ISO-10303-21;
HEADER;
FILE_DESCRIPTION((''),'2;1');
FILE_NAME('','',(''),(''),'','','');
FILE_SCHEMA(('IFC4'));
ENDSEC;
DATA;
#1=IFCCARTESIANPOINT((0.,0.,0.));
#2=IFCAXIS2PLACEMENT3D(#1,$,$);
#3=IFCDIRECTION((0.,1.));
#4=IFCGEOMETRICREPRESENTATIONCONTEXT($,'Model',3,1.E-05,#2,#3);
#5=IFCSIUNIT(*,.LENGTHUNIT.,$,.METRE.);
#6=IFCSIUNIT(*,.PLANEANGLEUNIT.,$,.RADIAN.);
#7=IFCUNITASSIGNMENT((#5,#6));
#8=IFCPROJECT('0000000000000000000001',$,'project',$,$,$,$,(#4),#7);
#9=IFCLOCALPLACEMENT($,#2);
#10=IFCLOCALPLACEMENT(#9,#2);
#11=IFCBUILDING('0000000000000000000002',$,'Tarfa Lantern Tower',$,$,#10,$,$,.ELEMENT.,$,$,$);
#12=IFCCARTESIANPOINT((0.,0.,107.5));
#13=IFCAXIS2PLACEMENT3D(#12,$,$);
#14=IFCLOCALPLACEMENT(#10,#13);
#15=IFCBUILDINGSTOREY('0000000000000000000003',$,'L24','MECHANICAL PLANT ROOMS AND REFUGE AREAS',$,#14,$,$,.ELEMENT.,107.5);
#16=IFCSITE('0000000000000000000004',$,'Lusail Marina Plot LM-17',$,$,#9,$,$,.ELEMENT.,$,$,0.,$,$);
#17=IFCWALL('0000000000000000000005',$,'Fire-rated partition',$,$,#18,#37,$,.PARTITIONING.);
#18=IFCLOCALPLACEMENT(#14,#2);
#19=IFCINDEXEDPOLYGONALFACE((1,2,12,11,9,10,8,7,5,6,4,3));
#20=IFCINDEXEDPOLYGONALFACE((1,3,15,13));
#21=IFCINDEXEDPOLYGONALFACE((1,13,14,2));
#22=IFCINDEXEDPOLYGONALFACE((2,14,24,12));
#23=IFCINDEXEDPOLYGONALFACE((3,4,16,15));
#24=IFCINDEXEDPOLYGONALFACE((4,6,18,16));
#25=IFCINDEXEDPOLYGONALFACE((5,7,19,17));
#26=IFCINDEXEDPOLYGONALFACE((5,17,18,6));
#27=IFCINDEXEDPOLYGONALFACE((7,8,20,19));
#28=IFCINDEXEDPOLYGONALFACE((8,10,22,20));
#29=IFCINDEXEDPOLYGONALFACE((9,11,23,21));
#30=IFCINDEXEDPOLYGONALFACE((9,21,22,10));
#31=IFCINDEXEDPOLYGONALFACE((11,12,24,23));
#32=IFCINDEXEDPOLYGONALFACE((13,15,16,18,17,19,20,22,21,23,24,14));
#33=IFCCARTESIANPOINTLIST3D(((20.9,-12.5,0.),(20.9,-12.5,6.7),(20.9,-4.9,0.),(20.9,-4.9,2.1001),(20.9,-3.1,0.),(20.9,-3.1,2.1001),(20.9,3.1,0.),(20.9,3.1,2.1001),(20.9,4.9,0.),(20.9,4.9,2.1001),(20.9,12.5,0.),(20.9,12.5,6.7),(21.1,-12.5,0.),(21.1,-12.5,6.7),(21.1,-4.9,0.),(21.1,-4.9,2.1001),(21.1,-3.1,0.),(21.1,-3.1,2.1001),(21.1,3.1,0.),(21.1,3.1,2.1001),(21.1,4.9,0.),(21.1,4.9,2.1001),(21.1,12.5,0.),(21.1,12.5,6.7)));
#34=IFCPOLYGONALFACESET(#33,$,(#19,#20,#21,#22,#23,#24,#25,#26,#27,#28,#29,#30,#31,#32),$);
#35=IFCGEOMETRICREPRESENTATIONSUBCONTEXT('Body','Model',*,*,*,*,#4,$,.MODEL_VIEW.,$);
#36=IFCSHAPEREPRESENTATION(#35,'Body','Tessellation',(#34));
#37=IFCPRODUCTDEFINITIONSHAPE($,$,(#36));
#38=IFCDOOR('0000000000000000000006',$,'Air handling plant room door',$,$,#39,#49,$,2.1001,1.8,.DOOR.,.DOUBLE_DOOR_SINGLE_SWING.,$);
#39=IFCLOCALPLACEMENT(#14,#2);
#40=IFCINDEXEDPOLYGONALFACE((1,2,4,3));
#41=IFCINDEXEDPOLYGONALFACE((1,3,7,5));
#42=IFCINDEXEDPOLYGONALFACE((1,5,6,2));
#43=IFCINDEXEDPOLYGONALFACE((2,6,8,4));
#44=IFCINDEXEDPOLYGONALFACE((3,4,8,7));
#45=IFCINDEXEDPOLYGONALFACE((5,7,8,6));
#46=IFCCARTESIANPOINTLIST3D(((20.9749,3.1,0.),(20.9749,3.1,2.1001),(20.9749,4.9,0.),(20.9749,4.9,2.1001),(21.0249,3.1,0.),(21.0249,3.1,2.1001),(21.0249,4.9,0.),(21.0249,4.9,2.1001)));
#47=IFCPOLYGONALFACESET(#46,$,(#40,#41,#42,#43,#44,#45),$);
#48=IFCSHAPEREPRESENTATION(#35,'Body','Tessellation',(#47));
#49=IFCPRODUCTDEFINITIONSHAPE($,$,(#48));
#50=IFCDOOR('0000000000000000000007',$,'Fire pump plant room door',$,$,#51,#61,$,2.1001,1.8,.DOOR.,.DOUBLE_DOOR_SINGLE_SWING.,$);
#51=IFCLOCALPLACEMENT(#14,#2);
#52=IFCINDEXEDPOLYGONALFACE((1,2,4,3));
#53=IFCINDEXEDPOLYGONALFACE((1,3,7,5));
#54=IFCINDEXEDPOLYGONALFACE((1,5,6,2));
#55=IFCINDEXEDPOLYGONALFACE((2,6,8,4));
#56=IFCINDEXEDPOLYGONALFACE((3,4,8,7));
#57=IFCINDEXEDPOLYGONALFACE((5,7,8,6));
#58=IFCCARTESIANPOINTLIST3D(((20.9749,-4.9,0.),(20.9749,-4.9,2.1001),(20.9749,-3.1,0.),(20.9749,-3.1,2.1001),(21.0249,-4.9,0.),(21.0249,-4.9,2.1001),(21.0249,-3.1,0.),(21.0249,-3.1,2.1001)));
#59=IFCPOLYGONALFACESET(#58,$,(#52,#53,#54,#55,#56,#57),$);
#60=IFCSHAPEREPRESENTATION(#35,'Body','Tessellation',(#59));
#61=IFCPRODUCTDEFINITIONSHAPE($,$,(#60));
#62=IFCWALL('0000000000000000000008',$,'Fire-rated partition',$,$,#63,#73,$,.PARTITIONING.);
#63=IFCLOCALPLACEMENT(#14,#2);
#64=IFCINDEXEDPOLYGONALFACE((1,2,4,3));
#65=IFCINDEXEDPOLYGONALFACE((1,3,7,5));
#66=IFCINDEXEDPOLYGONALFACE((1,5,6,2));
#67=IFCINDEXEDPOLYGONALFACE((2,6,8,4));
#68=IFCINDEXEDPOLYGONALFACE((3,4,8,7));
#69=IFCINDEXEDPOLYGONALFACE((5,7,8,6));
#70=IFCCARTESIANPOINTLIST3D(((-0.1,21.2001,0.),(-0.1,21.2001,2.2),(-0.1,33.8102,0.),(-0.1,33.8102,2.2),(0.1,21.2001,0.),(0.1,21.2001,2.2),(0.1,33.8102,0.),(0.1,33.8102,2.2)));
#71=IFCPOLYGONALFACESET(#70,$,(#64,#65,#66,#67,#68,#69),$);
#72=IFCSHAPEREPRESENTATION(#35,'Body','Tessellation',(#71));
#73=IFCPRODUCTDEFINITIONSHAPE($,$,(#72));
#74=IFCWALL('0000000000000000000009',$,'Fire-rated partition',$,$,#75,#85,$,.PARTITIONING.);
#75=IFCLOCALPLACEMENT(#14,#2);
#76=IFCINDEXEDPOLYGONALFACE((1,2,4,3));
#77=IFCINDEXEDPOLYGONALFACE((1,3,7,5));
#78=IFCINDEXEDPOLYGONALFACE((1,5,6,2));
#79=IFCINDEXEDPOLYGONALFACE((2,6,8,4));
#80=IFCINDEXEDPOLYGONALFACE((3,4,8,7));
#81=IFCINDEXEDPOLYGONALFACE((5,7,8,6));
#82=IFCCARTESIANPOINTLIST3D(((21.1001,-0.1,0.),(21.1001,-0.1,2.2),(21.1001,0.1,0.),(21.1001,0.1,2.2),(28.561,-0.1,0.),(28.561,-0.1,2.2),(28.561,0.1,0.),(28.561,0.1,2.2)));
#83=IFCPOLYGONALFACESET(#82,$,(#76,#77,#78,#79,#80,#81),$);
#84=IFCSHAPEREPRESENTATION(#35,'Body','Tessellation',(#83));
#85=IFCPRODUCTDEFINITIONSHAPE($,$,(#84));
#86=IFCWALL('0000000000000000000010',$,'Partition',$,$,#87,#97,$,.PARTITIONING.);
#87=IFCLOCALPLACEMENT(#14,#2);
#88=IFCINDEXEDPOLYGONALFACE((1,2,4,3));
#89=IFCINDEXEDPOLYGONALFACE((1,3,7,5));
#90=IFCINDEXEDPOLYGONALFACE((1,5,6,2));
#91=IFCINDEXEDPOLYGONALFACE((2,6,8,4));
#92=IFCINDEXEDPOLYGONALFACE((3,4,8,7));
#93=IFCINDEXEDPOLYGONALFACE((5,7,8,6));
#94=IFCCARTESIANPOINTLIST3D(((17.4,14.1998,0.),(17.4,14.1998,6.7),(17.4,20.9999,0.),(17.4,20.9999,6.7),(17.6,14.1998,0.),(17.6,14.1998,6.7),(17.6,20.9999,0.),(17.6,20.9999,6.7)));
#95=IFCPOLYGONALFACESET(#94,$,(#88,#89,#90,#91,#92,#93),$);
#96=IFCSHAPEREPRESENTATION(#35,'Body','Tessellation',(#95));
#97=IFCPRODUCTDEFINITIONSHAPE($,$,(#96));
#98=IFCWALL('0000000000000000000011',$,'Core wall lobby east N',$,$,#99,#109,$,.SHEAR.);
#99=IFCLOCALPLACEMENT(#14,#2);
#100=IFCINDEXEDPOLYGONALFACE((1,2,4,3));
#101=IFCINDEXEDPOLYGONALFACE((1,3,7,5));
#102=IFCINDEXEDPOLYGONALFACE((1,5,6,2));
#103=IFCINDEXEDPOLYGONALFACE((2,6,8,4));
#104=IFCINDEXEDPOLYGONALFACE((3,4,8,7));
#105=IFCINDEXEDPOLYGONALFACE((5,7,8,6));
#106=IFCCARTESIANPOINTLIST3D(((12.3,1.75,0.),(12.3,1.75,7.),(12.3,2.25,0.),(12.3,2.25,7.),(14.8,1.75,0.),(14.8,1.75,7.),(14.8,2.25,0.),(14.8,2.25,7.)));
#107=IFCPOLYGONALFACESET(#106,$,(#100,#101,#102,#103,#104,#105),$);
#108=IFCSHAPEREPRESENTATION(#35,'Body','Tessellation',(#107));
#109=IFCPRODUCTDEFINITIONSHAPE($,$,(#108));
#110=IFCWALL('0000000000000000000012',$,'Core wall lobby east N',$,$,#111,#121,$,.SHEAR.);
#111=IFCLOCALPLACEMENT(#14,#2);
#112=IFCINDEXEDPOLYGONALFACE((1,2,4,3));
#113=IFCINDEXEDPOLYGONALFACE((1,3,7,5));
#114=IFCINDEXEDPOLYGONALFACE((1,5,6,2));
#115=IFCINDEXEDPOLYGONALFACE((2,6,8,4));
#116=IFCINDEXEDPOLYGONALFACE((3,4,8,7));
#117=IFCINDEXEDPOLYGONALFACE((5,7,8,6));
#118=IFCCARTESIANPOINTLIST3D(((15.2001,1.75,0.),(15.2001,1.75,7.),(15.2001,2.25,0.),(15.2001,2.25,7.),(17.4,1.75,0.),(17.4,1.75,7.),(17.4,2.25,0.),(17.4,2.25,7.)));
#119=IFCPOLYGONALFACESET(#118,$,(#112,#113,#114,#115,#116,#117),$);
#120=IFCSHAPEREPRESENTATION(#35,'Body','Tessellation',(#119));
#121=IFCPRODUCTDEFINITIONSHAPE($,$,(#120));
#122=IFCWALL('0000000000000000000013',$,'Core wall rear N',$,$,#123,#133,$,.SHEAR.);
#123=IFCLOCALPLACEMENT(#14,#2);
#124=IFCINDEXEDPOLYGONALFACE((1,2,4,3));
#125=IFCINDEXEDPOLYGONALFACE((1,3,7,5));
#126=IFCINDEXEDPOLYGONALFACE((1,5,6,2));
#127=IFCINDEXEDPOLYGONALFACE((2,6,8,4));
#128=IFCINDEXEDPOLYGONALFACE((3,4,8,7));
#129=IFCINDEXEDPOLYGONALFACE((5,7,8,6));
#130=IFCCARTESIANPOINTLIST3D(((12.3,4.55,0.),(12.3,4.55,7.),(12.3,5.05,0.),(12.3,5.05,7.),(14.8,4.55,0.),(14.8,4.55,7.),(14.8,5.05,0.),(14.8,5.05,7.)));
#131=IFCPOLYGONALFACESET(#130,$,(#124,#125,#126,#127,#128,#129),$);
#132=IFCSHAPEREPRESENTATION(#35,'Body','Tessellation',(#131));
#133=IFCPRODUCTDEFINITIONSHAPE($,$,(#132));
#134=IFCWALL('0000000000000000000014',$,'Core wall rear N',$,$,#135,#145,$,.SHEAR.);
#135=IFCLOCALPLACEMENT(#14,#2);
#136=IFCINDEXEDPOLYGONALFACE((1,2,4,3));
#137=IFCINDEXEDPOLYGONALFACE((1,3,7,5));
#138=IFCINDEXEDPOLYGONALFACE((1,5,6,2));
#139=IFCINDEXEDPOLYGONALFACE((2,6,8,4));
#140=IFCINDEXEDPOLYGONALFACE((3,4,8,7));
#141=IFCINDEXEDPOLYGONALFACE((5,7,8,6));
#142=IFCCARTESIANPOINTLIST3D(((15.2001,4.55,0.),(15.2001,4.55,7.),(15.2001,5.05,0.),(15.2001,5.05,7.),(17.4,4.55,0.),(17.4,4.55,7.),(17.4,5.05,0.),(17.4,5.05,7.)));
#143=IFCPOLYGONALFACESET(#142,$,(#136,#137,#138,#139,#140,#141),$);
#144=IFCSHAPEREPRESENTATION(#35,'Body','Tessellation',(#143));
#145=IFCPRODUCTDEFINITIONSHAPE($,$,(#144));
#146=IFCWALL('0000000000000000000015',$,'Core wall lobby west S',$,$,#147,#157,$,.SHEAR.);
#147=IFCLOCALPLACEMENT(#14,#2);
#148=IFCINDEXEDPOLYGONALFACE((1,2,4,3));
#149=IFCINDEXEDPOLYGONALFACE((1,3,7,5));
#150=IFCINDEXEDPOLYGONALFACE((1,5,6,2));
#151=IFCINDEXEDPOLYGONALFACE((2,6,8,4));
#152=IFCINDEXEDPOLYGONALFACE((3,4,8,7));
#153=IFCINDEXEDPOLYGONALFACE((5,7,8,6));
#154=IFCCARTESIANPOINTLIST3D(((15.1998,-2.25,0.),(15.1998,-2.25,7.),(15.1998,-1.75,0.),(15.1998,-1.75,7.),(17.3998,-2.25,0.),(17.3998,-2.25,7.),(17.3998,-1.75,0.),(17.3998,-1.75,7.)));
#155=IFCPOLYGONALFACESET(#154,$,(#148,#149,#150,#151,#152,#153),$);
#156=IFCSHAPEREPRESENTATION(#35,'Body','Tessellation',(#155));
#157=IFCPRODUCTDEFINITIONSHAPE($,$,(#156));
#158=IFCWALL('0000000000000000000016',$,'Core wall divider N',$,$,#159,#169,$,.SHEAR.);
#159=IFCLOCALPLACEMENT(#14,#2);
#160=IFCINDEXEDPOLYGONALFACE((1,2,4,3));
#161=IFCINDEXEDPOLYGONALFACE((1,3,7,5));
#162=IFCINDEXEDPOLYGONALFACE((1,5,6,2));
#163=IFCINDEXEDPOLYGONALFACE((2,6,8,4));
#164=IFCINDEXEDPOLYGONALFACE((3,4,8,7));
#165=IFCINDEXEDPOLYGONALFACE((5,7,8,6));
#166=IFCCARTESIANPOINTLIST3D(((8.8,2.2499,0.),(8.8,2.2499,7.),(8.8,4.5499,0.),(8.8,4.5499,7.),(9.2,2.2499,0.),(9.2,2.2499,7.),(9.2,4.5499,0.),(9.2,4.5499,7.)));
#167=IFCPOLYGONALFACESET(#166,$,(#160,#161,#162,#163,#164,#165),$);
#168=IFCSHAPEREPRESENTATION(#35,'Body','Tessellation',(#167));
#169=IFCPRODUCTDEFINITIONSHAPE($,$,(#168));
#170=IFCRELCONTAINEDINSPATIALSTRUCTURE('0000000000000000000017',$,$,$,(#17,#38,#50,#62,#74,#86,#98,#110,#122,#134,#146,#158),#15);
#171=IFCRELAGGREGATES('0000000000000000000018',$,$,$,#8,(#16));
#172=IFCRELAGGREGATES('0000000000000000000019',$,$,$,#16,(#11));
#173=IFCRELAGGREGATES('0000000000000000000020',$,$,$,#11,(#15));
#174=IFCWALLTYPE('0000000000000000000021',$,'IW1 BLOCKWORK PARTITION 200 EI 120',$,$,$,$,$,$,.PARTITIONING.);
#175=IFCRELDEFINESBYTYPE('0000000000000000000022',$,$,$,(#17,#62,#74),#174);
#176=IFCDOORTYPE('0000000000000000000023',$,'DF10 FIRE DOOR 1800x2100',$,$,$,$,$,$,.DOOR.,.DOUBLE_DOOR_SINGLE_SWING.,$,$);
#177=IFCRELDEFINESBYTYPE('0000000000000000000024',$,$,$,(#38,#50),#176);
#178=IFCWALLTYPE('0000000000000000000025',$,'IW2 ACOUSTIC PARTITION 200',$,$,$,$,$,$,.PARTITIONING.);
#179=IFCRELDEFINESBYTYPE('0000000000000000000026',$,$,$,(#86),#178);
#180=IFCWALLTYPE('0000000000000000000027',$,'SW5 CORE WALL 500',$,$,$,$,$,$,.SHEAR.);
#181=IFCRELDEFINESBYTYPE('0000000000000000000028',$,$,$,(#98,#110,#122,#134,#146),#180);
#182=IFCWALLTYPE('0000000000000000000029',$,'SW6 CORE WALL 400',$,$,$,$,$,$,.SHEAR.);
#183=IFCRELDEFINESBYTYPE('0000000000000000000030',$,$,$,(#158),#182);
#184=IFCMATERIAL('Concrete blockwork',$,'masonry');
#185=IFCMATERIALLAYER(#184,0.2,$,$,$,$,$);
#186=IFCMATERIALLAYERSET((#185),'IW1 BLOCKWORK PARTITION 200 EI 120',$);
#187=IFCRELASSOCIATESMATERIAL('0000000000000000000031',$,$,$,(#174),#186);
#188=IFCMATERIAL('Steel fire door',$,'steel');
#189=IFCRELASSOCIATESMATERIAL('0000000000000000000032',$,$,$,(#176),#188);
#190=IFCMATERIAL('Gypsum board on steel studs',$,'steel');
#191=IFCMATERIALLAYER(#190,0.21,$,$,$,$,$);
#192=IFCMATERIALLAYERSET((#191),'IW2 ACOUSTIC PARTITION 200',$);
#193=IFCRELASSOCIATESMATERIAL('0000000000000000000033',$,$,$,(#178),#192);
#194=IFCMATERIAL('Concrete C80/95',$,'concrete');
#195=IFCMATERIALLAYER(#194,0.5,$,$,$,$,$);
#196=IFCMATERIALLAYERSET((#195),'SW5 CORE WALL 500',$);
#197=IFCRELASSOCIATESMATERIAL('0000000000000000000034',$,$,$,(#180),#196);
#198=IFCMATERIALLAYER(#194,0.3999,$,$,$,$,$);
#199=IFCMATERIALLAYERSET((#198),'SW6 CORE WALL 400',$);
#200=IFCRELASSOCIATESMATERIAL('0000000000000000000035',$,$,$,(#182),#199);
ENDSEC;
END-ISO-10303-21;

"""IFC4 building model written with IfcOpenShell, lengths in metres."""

from ifc_helpers import new_model, si_unit, direction, frame, frame_2d, origin, place, context, subcontext, project, spatial, rectangle, extrude, material, layer, layer_set, type_object, element, fill, save


model = new_model("IFC4")

# Units and contexts
model_context = context("Model", 3, precision=1e-05, world=origin(), true_north=direction((0.0, 1.0)))
body_context = subcontext(model_context, "Body", "Model", "MODEL_VIEW")
ifc_project = project(units=[si_unit("LENGTHUNIT", "METRE"), si_unit("PLANEANGLEUNIT", "RADIAN")], contexts=[model_context])

# Site, building, storey
site_placement = place(None, origin())
site = spatial("IfcSite", under=ifc_project, at=site_placement, Name="Lusail Marina Plot LM-17", CompositionType="ELEMENT", RefElevation=0.0)
building_placement = place(site_placement, origin())
building = spatial("IfcBuilding", under=site, at=building_placement, Name="Tarfa Lantern Tower", CompositionType="ELEMENT")
storey_placement = place(building_placement, frame((0.0, 0.0, 107.5)))
storey = spatial("IfcBuildingStorey", under=building, at=storey_placement, Name="L24", Description="MECHANICAL PLANT ROOMS AND REFUGE AREAS", CompositionType="ELEMENT", Elevation=107.5)

# Shared definitions
ifc_material_1 = material(Name="Concrete C80/95", Category="concrete")

# Shared definitions
ifc_material_2 = material(Name="Concrete blockwork", Category="masonry")
ifc_layer_1 = layer(ifc_material_2, 0.2)
ifc_layer_set_1 = layer_set([ifc_layer_1], Name="IW1 BLOCKWORK PARTITION 200 EI 120")
wall_type_1 = type_object("IfcWallType", Name="IW1 BLOCKWORK PARTITION 200 EI 120", PredefinedType="PARTITIONING", material=ifc_layer_set_1)

# Wall, openings, doors
wall_1_placement = place(storey_placement, frame((21.0, 12.5, 0.0), z_axis=(0.0, 0.0, 1.0), x_axis=(0.0, -1.0, 0.0)))
wall_1 = element("IfcWall", 1, at=wall_1_placement, inside=storey, type_object=wall_type_1, Name="Fire-rated partition", PredefinedType="PARTITIONING", context=body_context, shape_type="SweptSolid", body=[
    extrude(rectangle(XDim=25.0, YDim=0.2, at=frame_2d((12.5, 0.0))), origin(), (0.0, 0.0, 1.0), 6.7),
])
opening_1_placement = place(wall_1_placement, frame((7.6001, 0.0, 0.0)))
opening_1 = element("IfcOpeningElement", 2, at=opening_1_placement, cuts=wall_1, PredefinedType="OPENING", context=body_context, shape_type="SweptSolid", body=[
    extrude(rectangle(XDim=1.8, YDim=2.1001, at=frame_2d((0.8999, 1.05))), frame((0.0, 0.1099, 0.0), z_axis=(0.0, -1.0, 0.0), x_axis=(1.0, 0.0, 0.0)), (0.0, 0.0, 1.0), 0.22),
])
opening_2_placement = place(wall_1_placement, frame((15.6001, 0.0, 0.0)))
opening_2 = element("IfcOpeningElement", 3, at=opening_2_placement, cuts=wall_1, PredefinedType="OPENING", context=body_context, shape_type="SweptSolid", body=[
    extrude(rectangle(XDim=1.8, YDim=2.1001, at=frame_2d((0.8999, 1.05))), frame((0.0, 0.1099, 0.0), z_axis=(0.0, -1.0, 0.0), x_axis=(1.0, 0.0, 0.0)), (0.0, 0.0, 1.0), 0.22),
])
ifc_material_3 = material(Name="Steel fire door", Category="steel")
door_type = type_object("IfcDoorType", Name="DF10 FIRE DOOR 1800x2100", OperationType="DOUBLE_DOOR_SINGLE_SWING", PredefinedType="DOOR", material=ifc_material_3)
door_1_placement = place(opening_1_placement, origin())
door_1 = element("IfcDoor", 4, at=door_1_placement, inside=storey, type_object=door_type, Name="Air handling plant room door", OperationType="DOUBLE_DOOR_SINGLE_SWING", OverallHeight=2.1001, OverallWidth=1.8, PredefinedType="DOOR", context=body_context, shape_type="SweptSolid", body=[
    extrude(rectangle(XDim=1.8, YDim=2.1001, at=frame_2d((0.8999, 1.05))), frame((0.0, 0.0249, 0.0), z_axis=(0.0, -1.0, 0.0), x_axis=(1.0, 0.0, 0.0)), (0.0, 0.0, 1.0), 0.05),
])
fill(opening_1, door_1)
door_2_placement = place(opening_2_placement, origin())
door_2 = element("IfcDoor", 5, at=door_2_placement, inside=storey, type_object=door_type, Name="Fire pump plant room door", OperationType="DOUBLE_DOOR_SINGLE_SWING", OverallHeight=2.1001, OverallWidth=1.8, PredefinedType="DOOR", context=body_context, shape_type="SweptSolid", body=[
    extrude(rectangle(XDim=1.8, YDim=2.1001, at=frame_2d((0.8999, 1.05))), frame((0.0, 0.0249, 0.0), z_axis=(0.0, -1.0, 0.0), x_axis=(1.0, 0.0, 0.0)), (0.0, 0.0, 1.0), 0.05),
])
fill(opening_2, door_2)

# Walls
wall_2_placement = place(storey_placement, frame((0.0, 21.2, 0.0), z_axis=(0.0, 0.0, 1.0), x_axis=(0.0, 1.0, 0.0)))
element("IfcWall", 6, at=wall_2_placement, inside=storey, type_object=wall_type_1, Name="Fire-rated partition", PredefinedType="PARTITIONING", context=body_context, shape_type="SweptSolid", body=[
    extrude(rectangle(XDim=12.6101, YDim=0.2, at=frame_2d((6.3052, 0.0))), origin(), (0.0, 0.0, 1.0), 2.2),
])
wall_3_placement = place(storey_placement, frame((21.1001, 0.0, 0.0), z_axis=(0.0, 0.0, 1.0), x_axis=(1.0, 0.0, 0.0)))
element("IfcWall", 7, at=wall_3_placement, inside=storey, type_object=wall_type_1, Name="Fire-rated partition", PredefinedType="PARTITIONING", context=body_context, shape_type="SweptSolid", body=[
    extrude(rectangle(XDim=7.4609, YDim=0.2, at=frame_2d((3.7305, 0.0))), origin(), (0.0, 0.0, 1.0), 2.2),
])
ifc_material_4 = material(Name="Gypsum board on steel studs", Category="steel")
ifc_layer_2 = layer(ifc_material_4, 0.21)
ifc_layer_set_2 = layer_set([ifc_layer_2], Name="IW2 ACOUSTIC PARTITION 200")
wall_type_2 = type_object("IfcWallType", Name="IW2 ACOUSTIC PARTITION 200", PredefinedType="PARTITIONING", material=ifc_layer_set_2)
wall_4_placement = place(storey_placement, frame((17.5, 14.2, 0.0), z_axis=(0.0, 0.0, 1.0), x_axis=(0.0, 1.0, 0.0)))
element("IfcWall", 8, at=wall_4_placement, inside=storey, type_object=wall_type_2, Name="Partition", PredefinedType="PARTITIONING", context=body_context, shape_type="SweptSolid", body=[
    extrude(rectangle(XDim=6.8, YDim=0.2, at=frame_2d((3.3999, 0.0))), origin(), (0.0, 0.0, 1.0), 6.7),
])
ifc_layer_3 = layer(ifc_material_1, 0.5)
ifc_layer_set_3 = layer_set([ifc_layer_3], Name="SW5 CORE WALL 500")
wall_type_3 = type_object("IfcWallType", Name="SW5 CORE WALL 500", PredefinedType="SHEAR", material=ifc_layer_set_3)
wall_5_placement = place(storey_placement, frame((12.3, 2.0, 0.0), z_axis=(0.0, 0.0, 1.0), x_axis=(1.0, 0.0, 0.0)))
element("IfcWall", 9, at=wall_5_placement, inside=storey, type_object=wall_type_3, Name="Core wall lobby east N", PredefinedType="SHEAR", context=body_context, shape_type="SweptSolid", body=[
    extrude(rectangle(XDim=2.5, YDim=0.5, at=frame_2d((1.25, 0.0))), origin(), (0.0, 0.0, 1.0), 7.0),
])
wall_6_placement = place(storey_placement, frame((15.2, 2.0, 0.0), z_axis=(0.0, 0.0, 1.0), x_axis=(1.0, 0.0, 0.0)))
element("IfcWall", 10, at=wall_6_placement, inside=storey, type_object=wall_type_3, Name="Core wall lobby east N", PredefinedType="SHEAR", context=body_context, shape_type="SweptSolid", body=[
    extrude(rectangle(XDim=2.2, YDim=0.5, at=frame_2d((1.1001, 0.0))), origin(), (0.0, 0.0, 1.0), 7.0),
])
wall_7_placement = place(storey_placement, frame((12.3, 4.8, 0.0), z_axis=(0.0, 0.0, 1.0), x_axis=(1.0, 0.0, 0.0)))
element("IfcWall", 11, at=wall_7_placement, inside=storey, type_object=wall_type_3, Name="Core wall rear N", PredefinedType="SHEAR", context=body_context, shape_type="SweptSolid", body=[
    extrude(rectangle(XDim=2.5, YDim=0.5, at=frame_2d((1.25, 0.0))), origin(), (0.0, 0.0, 1.0), 7.0),
])
for number, where, z_axis, x_axis, name in (
    (12, (15.2, 4.8, 0.0), (0.0, 0.0, 1.0), (1.0, 0.0, 0.0), "Core wall rear N"),
    (13, (17.3999, -2.0, 0.0), (0.0, 0.0, 1.0), (-1.0, 0.0, 0.0), "Core wall lobby west S"),
):
    element("IfcWall", number, at=place(storey_placement, frame(where, z_axis=z_axis, x_axis=x_axis)), inside=storey, type_object=wall_type_3, Name=name, PredefinedType="SHEAR", context=body_context, shape_type="SweptSolid", body=[
        extrude(rectangle(XDim=2.2, YDim=0.5, at=frame_2d((1.1001, 0.0))), origin(), (0.0, 0.0, 1.0), 7.0),
    ])
ifc_layer_4 = layer(ifc_material_1, 0.3999)
ifc_layer_set_4 = layer_set([ifc_layer_4], Name="SW6 CORE WALL 400")
wall_type_4 = type_object("IfcWallType", Name="SW6 CORE WALL 400", PredefinedType="SHEAR", material=ifc_layer_set_4)
wall_8_placement = place(storey_placement, frame((9.0, 2.25, 0.0), z_axis=(0.0, 0.0, 1.0), x_axis=(0.0, 1.0, 0.0)))
element("IfcWall", 14, at=wall_8_placement, inside=storey, type_object=wall_type_4, Name="Core wall divider N", PredefinedType="SHEAR", context=body_context, shape_type="SweptSolid", body=[
    extrude(rectangle(XDim=2.3, YDim=0.3999, at=frame_2d((1.1499, 0.0))), origin(), (0.0, 0.0, 1.0), 7.0),
])

save(model, "model.ifc")
